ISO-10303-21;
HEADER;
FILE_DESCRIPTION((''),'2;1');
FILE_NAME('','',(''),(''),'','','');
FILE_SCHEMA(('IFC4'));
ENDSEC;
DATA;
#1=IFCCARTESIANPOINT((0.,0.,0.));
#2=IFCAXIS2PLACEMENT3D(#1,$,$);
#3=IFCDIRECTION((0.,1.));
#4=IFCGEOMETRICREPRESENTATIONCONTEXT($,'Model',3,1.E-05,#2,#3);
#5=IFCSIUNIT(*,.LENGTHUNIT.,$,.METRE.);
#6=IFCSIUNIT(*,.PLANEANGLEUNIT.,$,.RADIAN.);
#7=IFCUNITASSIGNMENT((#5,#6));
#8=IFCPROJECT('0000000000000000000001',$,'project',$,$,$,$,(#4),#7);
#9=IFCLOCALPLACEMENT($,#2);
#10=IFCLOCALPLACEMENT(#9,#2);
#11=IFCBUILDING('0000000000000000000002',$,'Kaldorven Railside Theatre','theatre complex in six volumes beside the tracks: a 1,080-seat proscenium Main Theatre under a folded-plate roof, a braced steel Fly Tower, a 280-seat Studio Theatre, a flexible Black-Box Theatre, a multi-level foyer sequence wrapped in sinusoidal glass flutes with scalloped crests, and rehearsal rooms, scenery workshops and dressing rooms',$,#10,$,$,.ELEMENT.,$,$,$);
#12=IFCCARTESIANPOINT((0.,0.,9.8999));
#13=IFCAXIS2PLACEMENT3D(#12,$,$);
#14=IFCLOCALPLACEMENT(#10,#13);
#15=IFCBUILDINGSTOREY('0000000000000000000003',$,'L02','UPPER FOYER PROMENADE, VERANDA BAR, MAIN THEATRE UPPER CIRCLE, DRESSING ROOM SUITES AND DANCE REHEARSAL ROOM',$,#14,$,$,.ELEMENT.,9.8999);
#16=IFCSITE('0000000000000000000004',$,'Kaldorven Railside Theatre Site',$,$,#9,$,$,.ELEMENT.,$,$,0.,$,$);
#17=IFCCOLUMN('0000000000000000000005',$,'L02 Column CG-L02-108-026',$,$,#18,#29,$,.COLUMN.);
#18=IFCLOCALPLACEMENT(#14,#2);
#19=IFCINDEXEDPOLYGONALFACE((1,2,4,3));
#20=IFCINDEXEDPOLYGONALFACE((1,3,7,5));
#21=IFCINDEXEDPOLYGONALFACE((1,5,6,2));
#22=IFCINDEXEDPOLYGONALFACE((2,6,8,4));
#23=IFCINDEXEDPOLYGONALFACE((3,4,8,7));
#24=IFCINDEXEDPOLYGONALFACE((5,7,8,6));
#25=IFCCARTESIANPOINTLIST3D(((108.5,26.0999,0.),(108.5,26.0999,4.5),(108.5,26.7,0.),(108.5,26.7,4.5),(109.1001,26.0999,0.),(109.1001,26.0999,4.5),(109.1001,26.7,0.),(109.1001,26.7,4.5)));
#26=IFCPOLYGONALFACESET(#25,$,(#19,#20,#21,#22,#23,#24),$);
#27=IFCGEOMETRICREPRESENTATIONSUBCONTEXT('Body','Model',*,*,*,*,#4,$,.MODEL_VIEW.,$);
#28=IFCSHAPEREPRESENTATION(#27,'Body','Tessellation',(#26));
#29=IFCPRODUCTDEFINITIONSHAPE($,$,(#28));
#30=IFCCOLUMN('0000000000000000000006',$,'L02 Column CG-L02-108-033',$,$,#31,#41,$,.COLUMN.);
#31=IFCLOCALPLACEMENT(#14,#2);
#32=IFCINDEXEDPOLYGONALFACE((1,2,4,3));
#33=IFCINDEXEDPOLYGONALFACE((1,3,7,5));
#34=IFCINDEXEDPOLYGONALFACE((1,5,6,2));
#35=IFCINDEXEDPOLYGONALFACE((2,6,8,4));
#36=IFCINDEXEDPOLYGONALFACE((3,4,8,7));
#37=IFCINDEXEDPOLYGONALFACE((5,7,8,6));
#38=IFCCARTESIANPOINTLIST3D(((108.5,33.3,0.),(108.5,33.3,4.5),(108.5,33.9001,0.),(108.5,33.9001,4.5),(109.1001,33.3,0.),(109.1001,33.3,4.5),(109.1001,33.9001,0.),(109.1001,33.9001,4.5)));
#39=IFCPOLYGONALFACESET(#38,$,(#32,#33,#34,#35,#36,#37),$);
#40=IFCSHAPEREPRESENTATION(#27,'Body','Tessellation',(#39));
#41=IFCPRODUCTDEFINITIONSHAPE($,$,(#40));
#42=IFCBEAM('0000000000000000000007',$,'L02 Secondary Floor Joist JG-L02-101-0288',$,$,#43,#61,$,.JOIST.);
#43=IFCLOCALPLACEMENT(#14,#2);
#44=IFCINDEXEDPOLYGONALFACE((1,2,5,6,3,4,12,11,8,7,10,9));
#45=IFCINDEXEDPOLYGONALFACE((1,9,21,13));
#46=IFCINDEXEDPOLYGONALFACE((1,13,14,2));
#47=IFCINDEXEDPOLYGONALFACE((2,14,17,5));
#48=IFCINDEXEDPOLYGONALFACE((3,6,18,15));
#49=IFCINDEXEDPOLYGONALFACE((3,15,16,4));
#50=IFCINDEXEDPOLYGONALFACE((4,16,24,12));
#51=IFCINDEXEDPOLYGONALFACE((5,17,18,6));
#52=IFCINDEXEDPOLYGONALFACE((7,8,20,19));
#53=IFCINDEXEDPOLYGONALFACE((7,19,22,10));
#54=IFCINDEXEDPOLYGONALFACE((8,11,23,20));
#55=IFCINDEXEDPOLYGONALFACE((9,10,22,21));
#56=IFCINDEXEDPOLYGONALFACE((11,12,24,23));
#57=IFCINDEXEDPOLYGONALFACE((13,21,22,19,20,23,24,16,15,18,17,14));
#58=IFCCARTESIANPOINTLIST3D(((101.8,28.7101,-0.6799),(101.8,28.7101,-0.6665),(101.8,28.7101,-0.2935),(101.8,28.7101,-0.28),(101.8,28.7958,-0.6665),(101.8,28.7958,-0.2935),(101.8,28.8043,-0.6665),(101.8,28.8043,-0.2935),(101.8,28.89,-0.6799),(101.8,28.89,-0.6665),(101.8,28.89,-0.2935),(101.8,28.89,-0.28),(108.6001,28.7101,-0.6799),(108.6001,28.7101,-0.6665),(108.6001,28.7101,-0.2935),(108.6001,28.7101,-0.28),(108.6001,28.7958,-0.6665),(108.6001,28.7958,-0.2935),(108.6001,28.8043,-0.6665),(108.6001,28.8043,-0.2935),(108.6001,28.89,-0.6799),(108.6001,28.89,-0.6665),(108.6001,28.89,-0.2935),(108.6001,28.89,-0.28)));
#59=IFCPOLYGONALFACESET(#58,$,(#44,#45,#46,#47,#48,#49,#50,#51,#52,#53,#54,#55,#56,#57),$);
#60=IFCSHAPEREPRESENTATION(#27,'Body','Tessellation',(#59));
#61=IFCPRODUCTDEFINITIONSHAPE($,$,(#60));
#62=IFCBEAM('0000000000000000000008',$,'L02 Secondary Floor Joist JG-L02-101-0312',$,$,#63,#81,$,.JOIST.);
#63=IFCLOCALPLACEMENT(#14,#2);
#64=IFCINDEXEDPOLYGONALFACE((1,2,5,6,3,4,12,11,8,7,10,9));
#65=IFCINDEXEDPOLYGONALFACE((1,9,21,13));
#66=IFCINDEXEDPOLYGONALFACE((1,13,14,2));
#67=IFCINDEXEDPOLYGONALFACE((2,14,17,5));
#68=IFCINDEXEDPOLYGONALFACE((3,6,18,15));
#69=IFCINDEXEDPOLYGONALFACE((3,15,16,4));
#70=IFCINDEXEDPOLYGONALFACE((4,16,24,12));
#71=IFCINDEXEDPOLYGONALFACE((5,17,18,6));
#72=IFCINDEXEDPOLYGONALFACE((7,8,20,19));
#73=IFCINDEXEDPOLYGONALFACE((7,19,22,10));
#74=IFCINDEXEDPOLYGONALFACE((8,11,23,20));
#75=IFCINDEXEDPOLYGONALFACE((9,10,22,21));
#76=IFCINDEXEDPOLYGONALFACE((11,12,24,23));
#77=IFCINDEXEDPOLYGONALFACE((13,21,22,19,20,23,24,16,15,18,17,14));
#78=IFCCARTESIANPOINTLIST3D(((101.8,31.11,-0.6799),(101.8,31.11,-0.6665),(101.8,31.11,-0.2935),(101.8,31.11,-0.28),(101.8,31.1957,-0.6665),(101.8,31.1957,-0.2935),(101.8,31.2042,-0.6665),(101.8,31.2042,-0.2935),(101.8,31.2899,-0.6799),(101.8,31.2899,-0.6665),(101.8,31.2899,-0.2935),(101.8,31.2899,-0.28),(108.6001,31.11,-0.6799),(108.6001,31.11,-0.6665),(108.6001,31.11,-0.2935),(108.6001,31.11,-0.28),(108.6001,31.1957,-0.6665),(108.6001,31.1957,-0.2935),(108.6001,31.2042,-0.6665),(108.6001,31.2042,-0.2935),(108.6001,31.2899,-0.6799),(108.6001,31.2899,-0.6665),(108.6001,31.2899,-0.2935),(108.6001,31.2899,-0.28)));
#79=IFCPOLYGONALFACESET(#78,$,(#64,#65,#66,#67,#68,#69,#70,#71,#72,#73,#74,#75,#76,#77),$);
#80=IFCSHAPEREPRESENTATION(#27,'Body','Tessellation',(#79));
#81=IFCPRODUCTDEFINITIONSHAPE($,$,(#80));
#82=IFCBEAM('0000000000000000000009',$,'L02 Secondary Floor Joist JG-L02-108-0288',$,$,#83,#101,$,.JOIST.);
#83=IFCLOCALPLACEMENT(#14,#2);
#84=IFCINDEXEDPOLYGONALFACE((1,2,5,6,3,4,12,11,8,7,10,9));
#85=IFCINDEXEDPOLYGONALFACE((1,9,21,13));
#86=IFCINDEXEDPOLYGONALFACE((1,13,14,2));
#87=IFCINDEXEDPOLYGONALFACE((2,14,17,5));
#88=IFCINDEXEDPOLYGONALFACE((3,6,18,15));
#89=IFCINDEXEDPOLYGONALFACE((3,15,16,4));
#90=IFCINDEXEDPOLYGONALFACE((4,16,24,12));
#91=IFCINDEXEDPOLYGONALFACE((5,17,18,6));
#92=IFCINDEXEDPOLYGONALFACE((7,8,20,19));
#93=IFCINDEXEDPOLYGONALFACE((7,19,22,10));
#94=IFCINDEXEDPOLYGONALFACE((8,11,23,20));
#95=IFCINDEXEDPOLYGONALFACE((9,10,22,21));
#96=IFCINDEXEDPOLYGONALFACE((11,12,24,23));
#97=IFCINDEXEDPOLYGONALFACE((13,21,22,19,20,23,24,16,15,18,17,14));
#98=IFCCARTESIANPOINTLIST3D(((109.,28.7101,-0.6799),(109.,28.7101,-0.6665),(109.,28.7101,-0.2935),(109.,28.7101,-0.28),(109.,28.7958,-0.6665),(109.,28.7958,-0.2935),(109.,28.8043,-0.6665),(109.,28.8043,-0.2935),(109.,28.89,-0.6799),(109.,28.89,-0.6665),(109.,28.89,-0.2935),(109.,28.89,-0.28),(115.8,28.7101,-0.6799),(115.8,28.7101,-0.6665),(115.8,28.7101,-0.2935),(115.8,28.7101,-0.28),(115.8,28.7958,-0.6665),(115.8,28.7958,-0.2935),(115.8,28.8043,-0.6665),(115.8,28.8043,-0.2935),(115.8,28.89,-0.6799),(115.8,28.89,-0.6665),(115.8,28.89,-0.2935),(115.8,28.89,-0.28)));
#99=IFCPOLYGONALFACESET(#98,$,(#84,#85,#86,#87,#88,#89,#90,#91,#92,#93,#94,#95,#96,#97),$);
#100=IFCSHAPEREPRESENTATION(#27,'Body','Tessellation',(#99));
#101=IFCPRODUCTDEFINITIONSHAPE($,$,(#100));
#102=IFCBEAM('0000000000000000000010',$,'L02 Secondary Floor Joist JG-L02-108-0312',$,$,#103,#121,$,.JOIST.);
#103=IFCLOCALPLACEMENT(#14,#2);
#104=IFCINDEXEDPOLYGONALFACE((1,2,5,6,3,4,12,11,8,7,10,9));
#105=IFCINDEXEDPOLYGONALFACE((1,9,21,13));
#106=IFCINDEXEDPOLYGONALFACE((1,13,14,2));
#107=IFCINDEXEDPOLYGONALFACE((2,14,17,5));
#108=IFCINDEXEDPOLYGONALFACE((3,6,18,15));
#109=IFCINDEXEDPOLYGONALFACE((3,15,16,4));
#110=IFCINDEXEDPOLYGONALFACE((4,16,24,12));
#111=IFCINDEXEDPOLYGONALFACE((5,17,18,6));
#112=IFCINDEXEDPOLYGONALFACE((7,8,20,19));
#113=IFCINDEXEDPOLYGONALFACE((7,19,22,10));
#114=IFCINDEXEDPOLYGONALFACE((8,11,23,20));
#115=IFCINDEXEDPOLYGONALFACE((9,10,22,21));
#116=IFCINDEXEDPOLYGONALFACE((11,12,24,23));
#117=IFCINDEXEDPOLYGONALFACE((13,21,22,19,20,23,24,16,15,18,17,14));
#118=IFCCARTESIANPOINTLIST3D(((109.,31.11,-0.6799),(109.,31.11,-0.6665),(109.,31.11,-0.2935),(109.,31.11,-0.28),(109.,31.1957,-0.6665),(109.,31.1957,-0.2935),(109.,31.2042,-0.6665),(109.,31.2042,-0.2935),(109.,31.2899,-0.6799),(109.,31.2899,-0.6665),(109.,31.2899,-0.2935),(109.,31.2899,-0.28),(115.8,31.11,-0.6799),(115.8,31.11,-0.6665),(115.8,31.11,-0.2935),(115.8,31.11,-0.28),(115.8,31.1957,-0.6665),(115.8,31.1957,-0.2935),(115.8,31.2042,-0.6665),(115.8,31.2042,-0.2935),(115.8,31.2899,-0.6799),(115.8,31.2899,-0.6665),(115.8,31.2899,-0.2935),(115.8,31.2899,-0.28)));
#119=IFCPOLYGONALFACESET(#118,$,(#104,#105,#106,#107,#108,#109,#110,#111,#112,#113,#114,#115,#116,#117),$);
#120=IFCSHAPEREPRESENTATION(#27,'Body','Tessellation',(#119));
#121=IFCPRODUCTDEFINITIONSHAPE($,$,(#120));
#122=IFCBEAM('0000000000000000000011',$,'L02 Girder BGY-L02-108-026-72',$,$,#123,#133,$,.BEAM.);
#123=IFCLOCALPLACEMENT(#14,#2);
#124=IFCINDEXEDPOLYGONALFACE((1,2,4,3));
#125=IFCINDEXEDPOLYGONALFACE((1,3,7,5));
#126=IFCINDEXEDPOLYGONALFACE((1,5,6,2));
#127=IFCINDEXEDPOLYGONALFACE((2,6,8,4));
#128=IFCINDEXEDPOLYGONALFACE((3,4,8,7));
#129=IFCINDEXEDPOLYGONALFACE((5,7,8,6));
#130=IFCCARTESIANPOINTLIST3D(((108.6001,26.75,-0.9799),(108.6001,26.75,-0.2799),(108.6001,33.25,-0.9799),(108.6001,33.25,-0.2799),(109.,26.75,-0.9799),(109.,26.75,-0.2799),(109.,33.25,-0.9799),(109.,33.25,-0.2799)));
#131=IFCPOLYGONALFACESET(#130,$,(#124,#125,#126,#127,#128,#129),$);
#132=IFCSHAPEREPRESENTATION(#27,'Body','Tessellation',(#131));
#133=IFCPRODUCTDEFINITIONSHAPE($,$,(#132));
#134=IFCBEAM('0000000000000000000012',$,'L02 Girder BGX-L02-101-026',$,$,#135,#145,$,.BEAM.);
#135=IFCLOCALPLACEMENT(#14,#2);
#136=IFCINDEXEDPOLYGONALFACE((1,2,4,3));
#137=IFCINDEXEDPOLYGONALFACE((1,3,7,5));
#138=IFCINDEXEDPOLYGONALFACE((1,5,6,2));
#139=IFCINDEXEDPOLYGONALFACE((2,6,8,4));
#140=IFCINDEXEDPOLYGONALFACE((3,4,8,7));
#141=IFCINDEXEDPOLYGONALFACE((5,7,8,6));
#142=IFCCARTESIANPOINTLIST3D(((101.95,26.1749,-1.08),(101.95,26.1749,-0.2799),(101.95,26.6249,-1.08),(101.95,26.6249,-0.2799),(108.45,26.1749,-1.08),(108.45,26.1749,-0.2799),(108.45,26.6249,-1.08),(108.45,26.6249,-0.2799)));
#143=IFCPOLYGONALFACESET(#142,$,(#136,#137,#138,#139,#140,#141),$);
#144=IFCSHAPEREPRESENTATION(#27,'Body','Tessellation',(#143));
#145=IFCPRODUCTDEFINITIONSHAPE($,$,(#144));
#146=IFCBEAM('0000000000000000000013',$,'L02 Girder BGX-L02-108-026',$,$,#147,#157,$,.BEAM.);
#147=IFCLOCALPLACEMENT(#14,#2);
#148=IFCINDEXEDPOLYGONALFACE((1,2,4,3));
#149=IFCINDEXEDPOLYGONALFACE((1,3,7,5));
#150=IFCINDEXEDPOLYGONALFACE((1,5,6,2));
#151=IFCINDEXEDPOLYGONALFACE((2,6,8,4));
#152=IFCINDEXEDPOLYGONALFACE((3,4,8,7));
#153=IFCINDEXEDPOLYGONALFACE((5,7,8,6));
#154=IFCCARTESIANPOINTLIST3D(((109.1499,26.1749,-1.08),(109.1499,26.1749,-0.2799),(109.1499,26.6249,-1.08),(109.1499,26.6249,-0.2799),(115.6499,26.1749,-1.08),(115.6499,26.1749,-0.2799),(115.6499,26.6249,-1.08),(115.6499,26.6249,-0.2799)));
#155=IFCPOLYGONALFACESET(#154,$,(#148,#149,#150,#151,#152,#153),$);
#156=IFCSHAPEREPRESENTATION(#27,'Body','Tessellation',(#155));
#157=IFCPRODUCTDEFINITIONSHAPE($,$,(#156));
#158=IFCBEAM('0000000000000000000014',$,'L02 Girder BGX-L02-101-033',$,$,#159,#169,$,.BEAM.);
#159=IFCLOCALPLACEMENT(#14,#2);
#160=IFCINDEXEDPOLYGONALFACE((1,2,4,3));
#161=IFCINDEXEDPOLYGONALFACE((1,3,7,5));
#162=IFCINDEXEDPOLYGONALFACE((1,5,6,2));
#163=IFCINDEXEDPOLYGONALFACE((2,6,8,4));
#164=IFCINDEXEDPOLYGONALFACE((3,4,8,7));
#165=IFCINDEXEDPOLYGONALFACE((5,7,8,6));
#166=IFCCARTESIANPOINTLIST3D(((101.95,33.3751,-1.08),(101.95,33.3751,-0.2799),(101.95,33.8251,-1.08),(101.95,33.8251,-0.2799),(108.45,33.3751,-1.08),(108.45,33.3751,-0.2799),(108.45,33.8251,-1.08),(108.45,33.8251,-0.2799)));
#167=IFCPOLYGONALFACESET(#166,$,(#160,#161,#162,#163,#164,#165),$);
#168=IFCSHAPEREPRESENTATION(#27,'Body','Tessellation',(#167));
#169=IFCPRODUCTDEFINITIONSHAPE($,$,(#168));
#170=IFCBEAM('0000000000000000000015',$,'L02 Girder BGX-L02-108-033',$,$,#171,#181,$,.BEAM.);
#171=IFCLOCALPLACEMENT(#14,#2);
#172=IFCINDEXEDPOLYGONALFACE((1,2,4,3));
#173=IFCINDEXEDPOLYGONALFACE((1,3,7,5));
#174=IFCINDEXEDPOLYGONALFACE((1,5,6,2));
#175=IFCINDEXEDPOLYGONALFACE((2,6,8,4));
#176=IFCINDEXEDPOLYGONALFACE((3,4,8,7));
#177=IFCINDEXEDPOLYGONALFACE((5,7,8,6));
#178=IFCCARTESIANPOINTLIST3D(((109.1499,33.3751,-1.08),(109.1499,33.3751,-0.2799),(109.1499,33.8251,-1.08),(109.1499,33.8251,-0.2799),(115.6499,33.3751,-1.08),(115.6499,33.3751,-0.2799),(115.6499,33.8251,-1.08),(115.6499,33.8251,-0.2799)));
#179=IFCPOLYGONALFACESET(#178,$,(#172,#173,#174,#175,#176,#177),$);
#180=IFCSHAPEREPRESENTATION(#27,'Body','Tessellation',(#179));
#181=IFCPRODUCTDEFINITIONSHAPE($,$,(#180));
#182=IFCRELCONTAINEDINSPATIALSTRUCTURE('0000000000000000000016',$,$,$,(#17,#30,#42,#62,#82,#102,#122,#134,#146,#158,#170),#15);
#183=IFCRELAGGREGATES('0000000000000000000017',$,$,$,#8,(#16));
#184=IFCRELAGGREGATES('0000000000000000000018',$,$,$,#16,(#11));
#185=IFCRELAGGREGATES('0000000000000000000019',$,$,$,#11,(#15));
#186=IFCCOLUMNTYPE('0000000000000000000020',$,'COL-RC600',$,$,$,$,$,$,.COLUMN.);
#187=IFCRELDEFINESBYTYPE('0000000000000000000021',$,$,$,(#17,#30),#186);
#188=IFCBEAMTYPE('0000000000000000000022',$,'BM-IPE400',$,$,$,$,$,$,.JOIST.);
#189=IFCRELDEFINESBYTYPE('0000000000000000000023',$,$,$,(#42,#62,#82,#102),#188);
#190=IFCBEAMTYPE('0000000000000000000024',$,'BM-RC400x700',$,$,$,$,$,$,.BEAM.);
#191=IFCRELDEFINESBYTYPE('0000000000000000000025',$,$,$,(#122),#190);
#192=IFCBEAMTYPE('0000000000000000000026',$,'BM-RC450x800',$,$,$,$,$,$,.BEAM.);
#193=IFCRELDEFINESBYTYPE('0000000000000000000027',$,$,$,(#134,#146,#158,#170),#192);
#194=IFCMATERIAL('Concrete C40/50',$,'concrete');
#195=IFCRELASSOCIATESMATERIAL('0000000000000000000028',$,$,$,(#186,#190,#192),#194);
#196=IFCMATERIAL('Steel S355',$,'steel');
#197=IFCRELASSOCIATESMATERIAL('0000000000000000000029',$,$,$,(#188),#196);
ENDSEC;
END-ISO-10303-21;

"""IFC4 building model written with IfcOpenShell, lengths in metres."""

from ifc_helpers import new_model, si_unit, direction, frame, origin, origin_2d, place, context, subcontext, project, spatial, rectangle, i_section, extrude, material, material_profile, profile_set, type_object, element, save


model = new_model("IFC4")

# Units and contexts
model_context = context("Model", 3, precision=1e-05, world=origin(), true_north=direction((0.0, 1.0)))
body_context = subcontext(model_context, "Body", "Model", "MODEL_VIEW")
ifc_project = project(units=[si_unit("LENGTHUNIT", "METRE"), si_unit("PLANEANGLEUNIT", "RADIAN")], contexts=[model_context])

# Site, building, storey
site_placement = place(None, origin())
site = spatial("IfcSite", under=ifc_project, at=site_placement, Name="Kaldorven Railside Theatre Site", CompositionType="ELEMENT", RefElevation=0.0)
building_placement = place(site_placement, origin())
building = spatial("IfcBuilding", under=site, at=building_placement, Name="Kaldorven Railside Theatre", Description="theatre complex in six volumes beside the tracks: a 1,080-seat proscenium Main Theatre under a folded-plate roof, a braced steel Fly Tower, a 280-seat Studio Theatre, a flexible Black-Box Theatre, a multi-level foyer sequence wrapped in sinusoidal glass flutes with scalloped crests, and rehearsal rooms, scenery workshops and dressing rooms", CompositionType="ELEMENT")
storey_placement = place(building_placement, frame((0.0, 0.0, 9.8999)))
storey = spatial("IfcBuildingStorey", under=building, at=storey_placement, Name="L02", Description="UPPER FOYER PROMENADE, VERANDA BAR, MAIN THEATRE UPPER CIRCLE, DRESSING ROOM SUITES AND DANCE REHEARSAL ROOM", CompositionType="ELEMENT", Elevation=9.8999)

# Columns
ifc_material_1 = material(Name="Concrete C40/50", Category="concrete")
ifc_material_profile_1 = material_profile(ifc_material_1, rectangle(XDim=0.6001, YDim=0.6001, at=origin_2d()), Name="RC 600x600")
ifc_profile_set_1 = profile_set([ifc_material_profile_1], Name="Concrete C40/50")
column_type = type_object("IfcColumnType", Name="COL-RC600", PredefinedType="COLUMN", material=ifc_profile_set_1)
for number, where, z_axis, x_axis, name in (
    (1, (108.8, 26.3999, 0.0), (0.0, 0.0, 1.0), (0.0, 1.0, 0.0), "L02 Column CG-L02-108-026"),
    (2, (108.8, 33.6001, 0.0), (0.0, 0.0, 1.0), (1.0, 0.0, 0.0), "L02 Column CG-L02-108-033"),
):
    element("IfcColumn", number, at=place(storey_placement, frame(where, z_axis=z_axis, x_axis=x_axis)), inside=storey, type_object=column_type, Name=name, PredefinedType="COLUMN", context=body_context, shape_type="SweptSolid", body=[
        extrude(rectangle(XDim=0.6001, YDim=0.6001, at=origin_2d()), origin(), (0.0, 0.0, 1.0), 4.5),
    ])

# Beams
ifc_material_2 = material(Name="Steel S355", Category="steel")
ifc_material_profile_2 = material_profile(ifc_material_2, i_section(OverallWidth=0.1799, OverallDepth=0.3999, WebThickness=0.0085, FlangeThickness=0.0134, at=origin_2d()), Name="IPE 400")
ifc_profile_set_2 = profile_set([ifc_material_profile_2], Name="Steel S355")
beam_type_1 = type_object("IfcBeamType", Name="BM-IPE400", PredefinedType="JOIST", material=ifc_profile_set_2)
for number, where, z_axis, x_axis, name in (
    (3, (101.8, 28.8, -0.48), (1.0, 0.0, 0.0), (0.0, 1.0, 0.0), "L02 Secondary Floor Joist JG-L02-101-0288"),
    (4, (101.8, 31.2, -0.48), (1.0, 0.0, 0.0), (0.0, 1.0, 0.0), "L02 Secondary Floor Joist JG-L02-101-0312"),
    (5, (109.0, 28.8, -0.48), (1.0, 0.0, 0.0), (0.0, 1.0, 0.0), "L02 Secondary Floor Joist JG-L02-108-0288"),
    (6, (109.0, 31.2, -0.48), (1.0, 0.0, 0.0), (0.0, 1.0, 0.0), "L02 Secondary Floor Joist JG-L02-108-0312"),
):
    element("IfcBeam", number, at=place(storey_placement, frame(where, z_axis=z_axis, x_axis=x_axis)), inside=storey, type_object=beam_type_1, Name=name, PredefinedType="JOIST", context=body_context, shape_type="SweptSolid", body=[
        extrude(i_section(OverallWidth=0.1799, OverallDepth=0.3999, WebThickness=0.0085, FlangeThickness=0.0134, at=origin_2d()), origin(), (0.0, 0.0, 1.0), 6.8),
    ])
ifc_material_profile_3 = material_profile(ifc_material_1, rectangle(XDim=0.3999, YDim=0.7, at=origin_2d()), Name="RC 400x700")
ifc_profile_set_3 = profile_set([ifc_material_profile_3], Name="Concrete C40/50")
beam_type_2 = type_object("IfcBeamType", Name="BM-RC400x700", PredefinedType="BEAM", material=ifc_profile_set_3)
beam_placement = place(storey_placement, frame((108.8, 26.75, -0.6299), z_axis=(0.0, 1.0, 0.0), x_axis=(-1.0, 0.0, 0.0)))
element("IfcBeam", 7, at=beam_placement, inside=storey, type_object=beam_type_2, Name="L02 Girder BGY-L02-108-026-72", PredefinedType="BEAM", context=body_context, shape_type="SweptSolid", body=[
    extrude(rectangle(XDim=0.3999, YDim=0.7, at=origin_2d()), origin(), (0.0, 0.0, 1.0), 6.5),
])
ifc_material_profile_4 = material_profile(ifc_material_1, rectangle(XDim=0.45, YDim=0.8, at=origin_2d()), Name="RC 450x800")
ifc_profile_set_4 = profile_set([ifc_material_profile_4], Name="Concrete C40/50")
beam_type_3 = type_object("IfcBeamType", Name="BM-RC450x800", PredefinedType="BEAM", material=ifc_profile_set_4)
for number, where, z_axis, x_axis, name in (
    (8, (101.95, 26.3999, -0.6799), (1.0, 0.0, 0.0), (0.0, 1.0, 0.0), "L02 Girder BGX-L02-101-026"),
    (9, (109.1499, 26.3999, -0.6799), (1.0, 0.0, 0.0), (0.0, 1.0, 0.0), "L02 Girder BGX-L02-108-026"),
    (10, (101.95, 33.6001, -0.6799), (1.0, 0.0, 0.0), (0.0, 1.0, 0.0), "L02 Girder BGX-L02-101-033"),
    (11, (109.1499, 33.6001, -0.6799), (1.0, 0.0, 0.0), (0.0, 1.0, 0.0), "L02 Girder BGX-L02-108-033"),
):
    element("IfcBeam", number, at=place(storey_placement, frame(where, z_axis=z_axis, x_axis=x_axis)), inside=storey, type_object=beam_type_3, Name=name, PredefinedType="BEAM", context=body_context, shape_type="SweptSolid", body=[
        extrude(rectangle(XDim=0.45, YDim=0.8, at=origin_2d()), origin(), (0.0, 0.0, 1.0), 6.5),
    ])

save(model, "model.ifc")
